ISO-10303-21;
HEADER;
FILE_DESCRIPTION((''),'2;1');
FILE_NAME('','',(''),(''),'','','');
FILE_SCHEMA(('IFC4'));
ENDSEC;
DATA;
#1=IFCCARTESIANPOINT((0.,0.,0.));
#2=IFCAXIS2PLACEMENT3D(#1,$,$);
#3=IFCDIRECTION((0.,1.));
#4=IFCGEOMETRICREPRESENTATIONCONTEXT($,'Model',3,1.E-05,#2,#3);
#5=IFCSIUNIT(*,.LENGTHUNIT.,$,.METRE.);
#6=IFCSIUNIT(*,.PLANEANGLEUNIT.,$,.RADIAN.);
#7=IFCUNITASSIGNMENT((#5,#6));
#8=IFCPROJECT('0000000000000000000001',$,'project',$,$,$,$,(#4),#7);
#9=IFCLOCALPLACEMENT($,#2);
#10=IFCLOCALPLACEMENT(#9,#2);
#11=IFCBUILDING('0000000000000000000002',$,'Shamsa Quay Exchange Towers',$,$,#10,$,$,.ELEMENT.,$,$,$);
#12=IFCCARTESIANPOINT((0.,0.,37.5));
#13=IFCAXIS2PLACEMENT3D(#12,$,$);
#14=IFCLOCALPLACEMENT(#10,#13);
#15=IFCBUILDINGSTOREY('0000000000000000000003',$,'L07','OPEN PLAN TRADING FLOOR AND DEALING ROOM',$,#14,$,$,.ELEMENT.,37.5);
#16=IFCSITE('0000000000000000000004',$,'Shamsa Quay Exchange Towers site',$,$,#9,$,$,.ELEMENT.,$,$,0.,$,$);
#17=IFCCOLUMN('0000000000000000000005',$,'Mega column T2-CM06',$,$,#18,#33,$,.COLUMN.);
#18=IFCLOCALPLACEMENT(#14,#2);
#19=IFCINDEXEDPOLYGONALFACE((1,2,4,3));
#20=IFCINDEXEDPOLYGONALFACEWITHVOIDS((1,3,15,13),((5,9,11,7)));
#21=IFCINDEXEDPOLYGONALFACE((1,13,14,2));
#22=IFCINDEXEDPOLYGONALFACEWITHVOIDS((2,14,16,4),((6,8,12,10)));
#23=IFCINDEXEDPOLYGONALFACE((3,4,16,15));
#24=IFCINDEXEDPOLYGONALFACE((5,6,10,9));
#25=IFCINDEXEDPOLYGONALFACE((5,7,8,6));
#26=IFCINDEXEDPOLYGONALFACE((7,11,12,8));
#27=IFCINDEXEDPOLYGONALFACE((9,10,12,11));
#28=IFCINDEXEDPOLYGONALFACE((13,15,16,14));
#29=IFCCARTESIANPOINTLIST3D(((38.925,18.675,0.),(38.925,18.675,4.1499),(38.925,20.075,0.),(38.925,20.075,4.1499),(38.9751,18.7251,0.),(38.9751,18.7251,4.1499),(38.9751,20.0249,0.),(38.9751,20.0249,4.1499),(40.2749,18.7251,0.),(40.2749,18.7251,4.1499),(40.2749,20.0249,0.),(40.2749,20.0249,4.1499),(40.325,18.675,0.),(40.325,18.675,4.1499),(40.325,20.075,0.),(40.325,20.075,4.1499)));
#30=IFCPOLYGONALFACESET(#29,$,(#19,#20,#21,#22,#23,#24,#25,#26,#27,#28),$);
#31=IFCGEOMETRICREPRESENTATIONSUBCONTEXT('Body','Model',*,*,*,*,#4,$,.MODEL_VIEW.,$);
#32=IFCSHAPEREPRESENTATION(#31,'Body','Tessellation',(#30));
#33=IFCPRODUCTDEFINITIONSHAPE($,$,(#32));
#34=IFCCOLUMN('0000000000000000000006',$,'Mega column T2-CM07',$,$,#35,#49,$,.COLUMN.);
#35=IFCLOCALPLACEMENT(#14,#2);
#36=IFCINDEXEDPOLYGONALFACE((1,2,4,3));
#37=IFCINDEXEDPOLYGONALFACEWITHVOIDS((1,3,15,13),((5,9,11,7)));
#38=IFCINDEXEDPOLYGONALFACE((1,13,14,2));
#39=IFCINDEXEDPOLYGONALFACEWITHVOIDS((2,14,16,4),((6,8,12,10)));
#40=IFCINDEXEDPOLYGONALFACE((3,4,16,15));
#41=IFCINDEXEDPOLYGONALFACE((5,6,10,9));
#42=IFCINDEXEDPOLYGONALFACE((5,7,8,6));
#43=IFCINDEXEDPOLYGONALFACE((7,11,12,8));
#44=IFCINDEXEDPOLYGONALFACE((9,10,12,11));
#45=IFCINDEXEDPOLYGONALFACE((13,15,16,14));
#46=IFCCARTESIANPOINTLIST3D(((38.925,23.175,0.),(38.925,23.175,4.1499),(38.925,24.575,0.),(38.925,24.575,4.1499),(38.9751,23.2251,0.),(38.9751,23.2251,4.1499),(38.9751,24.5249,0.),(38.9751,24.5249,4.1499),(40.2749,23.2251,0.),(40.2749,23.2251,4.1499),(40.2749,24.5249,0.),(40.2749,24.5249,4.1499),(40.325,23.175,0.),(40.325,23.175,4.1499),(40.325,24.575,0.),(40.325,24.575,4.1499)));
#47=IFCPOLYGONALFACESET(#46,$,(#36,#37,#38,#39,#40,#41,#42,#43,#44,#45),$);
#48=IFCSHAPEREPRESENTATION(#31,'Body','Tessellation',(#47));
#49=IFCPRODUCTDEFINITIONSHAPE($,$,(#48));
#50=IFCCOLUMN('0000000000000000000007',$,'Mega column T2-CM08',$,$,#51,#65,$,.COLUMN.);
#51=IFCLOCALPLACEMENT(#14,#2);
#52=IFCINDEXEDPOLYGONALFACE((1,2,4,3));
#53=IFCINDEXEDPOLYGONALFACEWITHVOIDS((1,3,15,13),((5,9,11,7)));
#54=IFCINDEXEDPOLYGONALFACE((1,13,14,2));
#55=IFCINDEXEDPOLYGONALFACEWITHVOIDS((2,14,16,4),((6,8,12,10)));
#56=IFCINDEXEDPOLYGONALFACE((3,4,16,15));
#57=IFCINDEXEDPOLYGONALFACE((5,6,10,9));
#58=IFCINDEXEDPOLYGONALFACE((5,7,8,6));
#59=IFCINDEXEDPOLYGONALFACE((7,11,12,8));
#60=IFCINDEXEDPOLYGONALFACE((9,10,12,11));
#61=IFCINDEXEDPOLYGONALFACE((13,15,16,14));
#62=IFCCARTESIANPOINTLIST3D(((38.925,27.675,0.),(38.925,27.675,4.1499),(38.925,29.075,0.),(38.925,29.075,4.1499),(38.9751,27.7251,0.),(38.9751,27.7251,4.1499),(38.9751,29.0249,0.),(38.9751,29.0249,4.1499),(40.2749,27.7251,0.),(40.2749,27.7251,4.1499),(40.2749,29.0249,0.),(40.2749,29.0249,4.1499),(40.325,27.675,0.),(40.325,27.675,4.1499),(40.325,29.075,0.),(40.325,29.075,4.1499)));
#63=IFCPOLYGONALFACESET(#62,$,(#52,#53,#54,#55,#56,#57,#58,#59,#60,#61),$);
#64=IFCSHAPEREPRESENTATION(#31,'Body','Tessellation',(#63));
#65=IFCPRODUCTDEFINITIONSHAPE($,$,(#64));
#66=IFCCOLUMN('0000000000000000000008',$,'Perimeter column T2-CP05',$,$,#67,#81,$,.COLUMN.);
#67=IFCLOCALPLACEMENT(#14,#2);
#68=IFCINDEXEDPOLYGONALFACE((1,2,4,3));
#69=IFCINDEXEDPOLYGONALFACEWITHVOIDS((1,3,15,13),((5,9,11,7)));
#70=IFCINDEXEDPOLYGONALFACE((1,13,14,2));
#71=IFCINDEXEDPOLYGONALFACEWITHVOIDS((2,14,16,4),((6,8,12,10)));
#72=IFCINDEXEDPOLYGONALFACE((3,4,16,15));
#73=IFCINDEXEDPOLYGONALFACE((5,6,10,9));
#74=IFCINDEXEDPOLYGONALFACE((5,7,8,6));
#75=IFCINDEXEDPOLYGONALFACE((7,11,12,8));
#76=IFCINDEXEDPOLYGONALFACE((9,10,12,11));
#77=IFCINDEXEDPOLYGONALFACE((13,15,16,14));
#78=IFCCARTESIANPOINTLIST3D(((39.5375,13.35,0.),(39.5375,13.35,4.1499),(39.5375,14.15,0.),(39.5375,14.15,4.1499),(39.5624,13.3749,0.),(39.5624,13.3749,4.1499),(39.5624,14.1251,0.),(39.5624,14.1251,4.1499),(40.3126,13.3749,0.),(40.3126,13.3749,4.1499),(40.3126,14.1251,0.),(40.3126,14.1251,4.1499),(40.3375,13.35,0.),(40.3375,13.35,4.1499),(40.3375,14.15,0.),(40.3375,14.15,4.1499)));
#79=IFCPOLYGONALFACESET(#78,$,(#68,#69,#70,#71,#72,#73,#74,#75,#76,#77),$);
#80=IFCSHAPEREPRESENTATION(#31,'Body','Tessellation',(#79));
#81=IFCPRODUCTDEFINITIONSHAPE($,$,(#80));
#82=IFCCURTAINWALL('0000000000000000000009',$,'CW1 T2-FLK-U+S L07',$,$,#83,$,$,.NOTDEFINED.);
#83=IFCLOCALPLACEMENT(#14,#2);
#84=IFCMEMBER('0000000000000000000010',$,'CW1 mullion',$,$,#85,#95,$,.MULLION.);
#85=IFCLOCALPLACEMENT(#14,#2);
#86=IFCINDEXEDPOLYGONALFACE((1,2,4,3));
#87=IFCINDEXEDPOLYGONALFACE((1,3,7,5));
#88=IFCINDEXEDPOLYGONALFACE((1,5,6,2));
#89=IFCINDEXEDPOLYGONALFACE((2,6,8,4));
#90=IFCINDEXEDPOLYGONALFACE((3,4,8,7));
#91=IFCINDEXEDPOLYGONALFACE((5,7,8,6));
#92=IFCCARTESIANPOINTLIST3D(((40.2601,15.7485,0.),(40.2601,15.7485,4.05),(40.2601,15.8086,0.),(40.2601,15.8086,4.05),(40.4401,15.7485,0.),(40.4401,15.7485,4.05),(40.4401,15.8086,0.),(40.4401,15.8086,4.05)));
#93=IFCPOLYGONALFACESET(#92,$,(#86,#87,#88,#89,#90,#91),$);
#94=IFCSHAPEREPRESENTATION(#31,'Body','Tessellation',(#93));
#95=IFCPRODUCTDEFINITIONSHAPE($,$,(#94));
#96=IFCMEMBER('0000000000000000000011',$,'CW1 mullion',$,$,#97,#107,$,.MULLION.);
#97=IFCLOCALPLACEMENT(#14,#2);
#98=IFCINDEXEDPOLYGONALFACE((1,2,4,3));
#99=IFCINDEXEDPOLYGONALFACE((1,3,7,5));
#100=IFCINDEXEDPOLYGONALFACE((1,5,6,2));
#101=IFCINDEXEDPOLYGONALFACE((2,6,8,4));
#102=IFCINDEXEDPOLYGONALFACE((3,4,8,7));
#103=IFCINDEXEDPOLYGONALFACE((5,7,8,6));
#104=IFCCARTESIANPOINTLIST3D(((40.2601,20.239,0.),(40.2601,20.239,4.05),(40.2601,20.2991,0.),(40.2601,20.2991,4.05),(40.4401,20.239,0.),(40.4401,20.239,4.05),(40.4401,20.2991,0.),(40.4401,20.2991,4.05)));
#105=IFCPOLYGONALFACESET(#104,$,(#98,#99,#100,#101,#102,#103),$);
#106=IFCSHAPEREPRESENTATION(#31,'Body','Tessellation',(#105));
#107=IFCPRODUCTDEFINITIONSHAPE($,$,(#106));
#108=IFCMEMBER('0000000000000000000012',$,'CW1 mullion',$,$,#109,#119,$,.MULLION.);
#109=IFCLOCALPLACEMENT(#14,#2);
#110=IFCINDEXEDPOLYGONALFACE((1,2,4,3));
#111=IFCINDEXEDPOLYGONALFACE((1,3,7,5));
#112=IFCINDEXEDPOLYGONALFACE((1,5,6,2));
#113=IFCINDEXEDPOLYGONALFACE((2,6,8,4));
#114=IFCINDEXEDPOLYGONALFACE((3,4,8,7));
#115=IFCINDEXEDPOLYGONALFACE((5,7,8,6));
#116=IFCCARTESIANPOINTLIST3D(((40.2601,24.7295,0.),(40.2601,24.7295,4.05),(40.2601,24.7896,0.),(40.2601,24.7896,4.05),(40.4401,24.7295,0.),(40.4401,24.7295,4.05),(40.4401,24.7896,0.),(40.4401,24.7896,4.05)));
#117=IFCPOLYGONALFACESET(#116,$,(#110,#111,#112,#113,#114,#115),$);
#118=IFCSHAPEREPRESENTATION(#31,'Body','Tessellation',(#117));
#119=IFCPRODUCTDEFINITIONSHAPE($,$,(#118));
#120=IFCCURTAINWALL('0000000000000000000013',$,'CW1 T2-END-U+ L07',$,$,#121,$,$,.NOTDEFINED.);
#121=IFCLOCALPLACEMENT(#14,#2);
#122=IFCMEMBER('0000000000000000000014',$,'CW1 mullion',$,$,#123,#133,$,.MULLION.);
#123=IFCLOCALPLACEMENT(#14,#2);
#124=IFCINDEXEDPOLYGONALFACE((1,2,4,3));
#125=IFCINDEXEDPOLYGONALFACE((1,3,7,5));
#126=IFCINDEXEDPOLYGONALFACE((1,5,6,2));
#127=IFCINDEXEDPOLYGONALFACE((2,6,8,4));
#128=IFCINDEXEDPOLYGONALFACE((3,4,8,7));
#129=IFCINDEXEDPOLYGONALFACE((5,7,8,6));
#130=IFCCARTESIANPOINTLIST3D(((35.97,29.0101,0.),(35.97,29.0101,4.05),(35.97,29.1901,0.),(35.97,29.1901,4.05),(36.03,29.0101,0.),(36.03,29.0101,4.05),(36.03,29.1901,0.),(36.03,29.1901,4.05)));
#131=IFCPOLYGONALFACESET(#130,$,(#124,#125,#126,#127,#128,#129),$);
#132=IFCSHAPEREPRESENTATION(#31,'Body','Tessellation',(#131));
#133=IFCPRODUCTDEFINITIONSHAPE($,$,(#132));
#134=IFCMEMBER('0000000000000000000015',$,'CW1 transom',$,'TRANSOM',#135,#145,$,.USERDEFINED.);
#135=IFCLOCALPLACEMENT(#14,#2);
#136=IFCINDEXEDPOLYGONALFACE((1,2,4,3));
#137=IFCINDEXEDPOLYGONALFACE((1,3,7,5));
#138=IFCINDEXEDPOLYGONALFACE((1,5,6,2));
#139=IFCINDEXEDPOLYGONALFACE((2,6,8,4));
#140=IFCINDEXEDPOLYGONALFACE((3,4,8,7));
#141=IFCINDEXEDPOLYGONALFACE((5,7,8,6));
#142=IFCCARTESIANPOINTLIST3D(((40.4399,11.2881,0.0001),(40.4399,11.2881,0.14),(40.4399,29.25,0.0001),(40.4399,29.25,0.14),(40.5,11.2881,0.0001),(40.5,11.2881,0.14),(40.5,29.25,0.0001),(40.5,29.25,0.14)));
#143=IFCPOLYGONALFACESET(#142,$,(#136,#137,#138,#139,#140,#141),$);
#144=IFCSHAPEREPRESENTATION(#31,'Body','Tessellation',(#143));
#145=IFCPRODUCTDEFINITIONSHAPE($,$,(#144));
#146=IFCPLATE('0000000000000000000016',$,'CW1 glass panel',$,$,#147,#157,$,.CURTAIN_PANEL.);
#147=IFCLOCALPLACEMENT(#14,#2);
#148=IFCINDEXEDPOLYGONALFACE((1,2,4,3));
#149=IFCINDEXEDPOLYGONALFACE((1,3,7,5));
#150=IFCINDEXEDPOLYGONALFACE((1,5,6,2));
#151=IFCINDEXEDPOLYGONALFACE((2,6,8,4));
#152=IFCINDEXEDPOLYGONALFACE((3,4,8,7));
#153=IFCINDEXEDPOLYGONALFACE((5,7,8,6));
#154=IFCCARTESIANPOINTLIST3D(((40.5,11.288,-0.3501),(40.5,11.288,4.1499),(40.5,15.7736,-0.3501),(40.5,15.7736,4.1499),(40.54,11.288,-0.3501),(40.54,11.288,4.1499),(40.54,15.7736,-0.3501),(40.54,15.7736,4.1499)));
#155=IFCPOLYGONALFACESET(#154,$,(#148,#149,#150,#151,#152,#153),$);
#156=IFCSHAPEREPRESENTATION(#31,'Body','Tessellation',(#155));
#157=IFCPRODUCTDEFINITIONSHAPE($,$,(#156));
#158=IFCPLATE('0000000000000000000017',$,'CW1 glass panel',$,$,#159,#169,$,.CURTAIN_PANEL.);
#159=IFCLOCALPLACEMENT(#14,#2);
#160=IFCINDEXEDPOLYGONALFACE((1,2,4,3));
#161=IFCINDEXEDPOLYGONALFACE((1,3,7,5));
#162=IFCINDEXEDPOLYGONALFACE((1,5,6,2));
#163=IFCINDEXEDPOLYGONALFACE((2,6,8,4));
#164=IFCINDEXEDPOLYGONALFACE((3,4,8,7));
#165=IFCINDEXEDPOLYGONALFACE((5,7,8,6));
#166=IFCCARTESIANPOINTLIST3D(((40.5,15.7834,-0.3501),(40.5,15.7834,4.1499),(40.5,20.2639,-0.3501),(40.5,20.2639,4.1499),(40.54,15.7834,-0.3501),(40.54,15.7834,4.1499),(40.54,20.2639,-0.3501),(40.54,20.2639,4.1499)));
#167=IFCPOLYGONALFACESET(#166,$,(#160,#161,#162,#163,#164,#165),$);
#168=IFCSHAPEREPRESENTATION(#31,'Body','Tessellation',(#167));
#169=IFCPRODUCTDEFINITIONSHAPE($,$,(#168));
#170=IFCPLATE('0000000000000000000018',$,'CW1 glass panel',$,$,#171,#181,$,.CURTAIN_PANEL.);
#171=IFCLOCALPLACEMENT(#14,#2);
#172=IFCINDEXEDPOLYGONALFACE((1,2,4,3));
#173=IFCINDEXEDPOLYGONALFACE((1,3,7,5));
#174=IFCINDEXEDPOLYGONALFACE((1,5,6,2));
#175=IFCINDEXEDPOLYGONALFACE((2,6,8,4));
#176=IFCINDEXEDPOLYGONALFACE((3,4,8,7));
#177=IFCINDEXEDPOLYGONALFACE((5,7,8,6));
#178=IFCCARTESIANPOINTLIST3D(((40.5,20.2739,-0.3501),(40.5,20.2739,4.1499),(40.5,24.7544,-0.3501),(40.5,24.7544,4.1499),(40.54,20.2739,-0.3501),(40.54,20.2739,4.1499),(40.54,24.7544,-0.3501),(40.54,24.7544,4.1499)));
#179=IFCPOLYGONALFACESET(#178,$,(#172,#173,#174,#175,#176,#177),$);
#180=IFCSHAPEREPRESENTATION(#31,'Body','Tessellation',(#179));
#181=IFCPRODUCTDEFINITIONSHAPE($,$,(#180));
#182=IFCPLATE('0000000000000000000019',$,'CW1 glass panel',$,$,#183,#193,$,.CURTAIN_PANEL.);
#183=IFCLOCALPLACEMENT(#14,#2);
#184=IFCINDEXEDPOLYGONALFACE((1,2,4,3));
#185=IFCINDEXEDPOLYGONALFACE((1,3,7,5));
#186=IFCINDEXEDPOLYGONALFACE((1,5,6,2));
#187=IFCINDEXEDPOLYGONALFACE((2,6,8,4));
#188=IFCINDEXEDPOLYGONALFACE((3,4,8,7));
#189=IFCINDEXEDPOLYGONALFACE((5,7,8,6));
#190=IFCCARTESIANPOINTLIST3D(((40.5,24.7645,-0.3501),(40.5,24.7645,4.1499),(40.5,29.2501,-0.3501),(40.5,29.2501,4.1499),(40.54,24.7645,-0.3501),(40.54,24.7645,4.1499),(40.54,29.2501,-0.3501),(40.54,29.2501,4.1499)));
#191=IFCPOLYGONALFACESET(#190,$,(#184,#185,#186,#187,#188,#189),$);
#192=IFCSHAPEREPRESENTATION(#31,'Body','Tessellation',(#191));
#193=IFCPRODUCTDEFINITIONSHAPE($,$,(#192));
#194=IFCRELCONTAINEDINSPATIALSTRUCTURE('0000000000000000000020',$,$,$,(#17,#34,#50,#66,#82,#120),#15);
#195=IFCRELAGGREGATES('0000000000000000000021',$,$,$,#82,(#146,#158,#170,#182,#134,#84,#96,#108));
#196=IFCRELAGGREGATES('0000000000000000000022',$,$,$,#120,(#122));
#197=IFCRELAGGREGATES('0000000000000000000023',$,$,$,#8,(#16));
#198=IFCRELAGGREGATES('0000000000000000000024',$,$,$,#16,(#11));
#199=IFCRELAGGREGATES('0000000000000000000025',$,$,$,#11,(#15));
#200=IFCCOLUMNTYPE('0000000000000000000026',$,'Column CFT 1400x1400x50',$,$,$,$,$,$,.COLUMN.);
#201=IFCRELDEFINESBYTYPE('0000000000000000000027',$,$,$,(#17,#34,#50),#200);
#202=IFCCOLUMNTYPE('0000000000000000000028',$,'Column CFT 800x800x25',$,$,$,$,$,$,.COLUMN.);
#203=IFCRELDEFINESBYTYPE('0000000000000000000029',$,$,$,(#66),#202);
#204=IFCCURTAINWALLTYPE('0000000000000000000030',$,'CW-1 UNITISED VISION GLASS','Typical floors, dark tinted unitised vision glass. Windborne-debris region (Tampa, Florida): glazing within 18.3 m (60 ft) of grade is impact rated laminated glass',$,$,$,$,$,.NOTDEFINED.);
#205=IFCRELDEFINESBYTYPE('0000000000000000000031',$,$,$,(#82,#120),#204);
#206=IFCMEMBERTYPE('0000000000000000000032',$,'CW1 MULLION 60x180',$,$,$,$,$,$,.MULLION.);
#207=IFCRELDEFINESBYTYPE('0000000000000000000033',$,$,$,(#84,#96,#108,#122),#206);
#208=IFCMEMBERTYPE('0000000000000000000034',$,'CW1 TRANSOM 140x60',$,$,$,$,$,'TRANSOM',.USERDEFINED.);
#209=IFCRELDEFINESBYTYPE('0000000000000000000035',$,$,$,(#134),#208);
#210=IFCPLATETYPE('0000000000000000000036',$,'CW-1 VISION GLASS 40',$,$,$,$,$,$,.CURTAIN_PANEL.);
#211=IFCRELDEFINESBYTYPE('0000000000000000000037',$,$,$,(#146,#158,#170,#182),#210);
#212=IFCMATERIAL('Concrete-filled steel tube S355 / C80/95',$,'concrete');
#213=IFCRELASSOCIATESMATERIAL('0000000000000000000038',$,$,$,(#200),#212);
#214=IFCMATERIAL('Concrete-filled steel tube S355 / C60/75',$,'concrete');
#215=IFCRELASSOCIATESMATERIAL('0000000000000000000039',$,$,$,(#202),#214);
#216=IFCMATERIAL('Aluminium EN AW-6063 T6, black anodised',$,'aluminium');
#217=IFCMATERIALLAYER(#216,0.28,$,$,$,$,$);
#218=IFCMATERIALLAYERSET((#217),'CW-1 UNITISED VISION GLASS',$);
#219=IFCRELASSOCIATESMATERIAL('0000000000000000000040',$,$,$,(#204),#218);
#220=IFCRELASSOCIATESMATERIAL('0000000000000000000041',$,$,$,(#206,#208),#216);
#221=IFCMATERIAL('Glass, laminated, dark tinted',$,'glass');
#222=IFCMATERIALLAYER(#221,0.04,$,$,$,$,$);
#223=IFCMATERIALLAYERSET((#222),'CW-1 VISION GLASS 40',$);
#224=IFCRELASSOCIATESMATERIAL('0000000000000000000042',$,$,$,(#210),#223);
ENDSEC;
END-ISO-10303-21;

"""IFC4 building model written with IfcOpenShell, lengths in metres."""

from ifc_helpers import new_model, si_unit, direction, frame, origin, origin_2d, place, context, subcontext, project, spatial, rectangle, hollow_rectangle, extrude, material, layer, layer_set, material_profile, profile_set, type_object, element, aggregate, save


model = new_model("IFC4")

# Units and contexts
model_context = context("Model", 3, precision=1e-05, world=origin(), true_north=direction((0.0, 1.0)))
body_context = subcontext(model_context, "Body", "Model", "MODEL_VIEW")
ifc_project = project(units=[si_unit("LENGTHUNIT", "METRE"), si_unit("PLANEANGLEUNIT", "RADIAN")], contexts=[model_context])

# Site, building, storey
site_placement = place(None, origin())
site = spatial("IfcSite", under=ifc_project, at=site_placement, Name="Shamsa Quay Exchange Towers site", CompositionType="ELEMENT", RefElevation=0.0)
building_placement = place(site_placement, origin())
building = spatial("IfcBuilding", under=site, at=building_placement, Name="Shamsa Quay Exchange Towers", CompositionType="ELEMENT")
storey_placement = place(building_placement, frame((0.0, 0.0, 37.5)))
storey = spatial("IfcBuildingStorey", under=building, at=storey_placement, Name="L07", Description="OPEN PLAN TRADING FLOOR AND DEALING ROOM", CompositionType="ELEMENT", Elevation=37.5)

# Columns
ifc_material_1 = material(Name="Concrete-filled steel tube S355 / C80/95", Category="concrete")
ifc_material_profile_1 = material_profile(ifc_material_1, hollow_rectangle(XDim=1.3999, YDim=1.3999, WallThickness=0.05, at=origin_2d()), Name="CFT 1400x1400x50")
ifc_profile_set_1 = profile_set([ifc_material_profile_1], Name="Concrete-filled steel tube S355 / C80/95")
column_type_1 = type_object("IfcColumnType", Name="Column CFT 1400x1400x50", PredefinedType="COLUMN", material=ifc_profile_set_1)
for number, where, name in (
    (1, (39.625, 19.375, 0.0), "Mega column T2-CM06"),
    (2, (39.625, 23.875, 0.0), "Mega column T2-CM07"),
    (3, (39.625, 28.375, 0.0), "Mega column T2-CM08"),
):
    element("IfcColumn", number, at=place(storey_placement, frame(where)), inside=storey, type_object=column_type_1, Name=name, PredefinedType="COLUMN", context=body_context, shape_type="SweptSolid", body=[
        extrude(hollow_rectangle(XDim=1.3999, YDim=1.3999, WallThickness=0.05, at=origin_2d()), origin(), (0.0, 0.0, 1.0), 4.1499),
    ])
ifc_material_2 = material(Name="Concrete-filled steel tube S355 / C60/75", Category="concrete")
ifc_material_profile_2 = material_profile(ifc_material_2, hollow_rectangle(XDim=0.8, YDim=0.8, WallThickness=0.0249, at=origin_2d()), Name="CFT 800x800x25")
ifc_profile_set_2 = profile_set([ifc_material_profile_2], Name="Concrete-filled steel tube S355 / C60/75")
column_type_2 = type_object("IfcColumnType", Name="Column CFT 800x800x25", PredefinedType="COLUMN", material=ifc_profile_set_2)
column_placement = place(storey_placement, frame((39.9375, 13.75, 0.0)))
element("IfcColumn", 4, at=column_placement, inside=storey, type_object=column_type_2, Name="Perimeter column T2-CP05", PredefinedType="COLUMN", context=body_context, shape_type="SweptSolid", body=[
    extrude(hollow_rectangle(XDim=0.8, YDim=0.8, WallThickness=0.0249, at=origin_2d()), origin(), (0.0, 0.0, 1.0), 4.1499),
])

# Curtain wall, members
ifc_material_3 = material(Name="Aluminium EN AW-6063 T6, black anodised", Category="aluminium")
ifc_layer_1 = layer(ifc_material_3, 0.28)
ifc_layer_set_1 = layer_set([ifc_layer_1], Name="CW-1 UNITISED VISION GLASS")
curtain_wall_type = type_object("IfcCurtainWallType", Name="CW-1 UNITISED VISION GLASS", Description="Typical floors, dark tinted unitised vision glass. Windborne-debris region (Tampa, Florida): glazing within 18.3 m (60 ft) of grade is impact rated laminated glass", PredefinedType="NOTDEFINED", material=ifc_layer_set_1)
curtain_wall_1_placement = place(storey_placement, origin())
curtain_wall_1 = element("IfcCurtainWall", 5, at=curtain_wall_1_placement, inside=storey, type_object=curtain_wall_type, Name="CW1 T2-FLK-U+S L07", PredefinedType="NOTDEFINED")
ifc_material_profile_3 = material_profile(ifc_material_3, rectangle(XDim=0.1799, YDim=0.0601, at=origin_2d()), Name="MU60x180")
ifc_profile_set_3 = profile_set([ifc_material_profile_3], Name="Aluminium EN AW-6063 T6, black anodised")
member_type_1 = type_object("IfcMemberType", Name="CW1 MULLION 60x180", PredefinedType="MULLION", material=ifc_profile_set_3)
member_1_placement = place(storey_placement, frame((40.3501, 15.7786, 0.0), z_axis=(0.0, 0.0, 1.0), x_axis=(-1.0, 0.0, 0.0)))
member_1 = element("IfcMember", 6, at=member_1_placement, type_object=member_type_1, Name="CW1 mullion", PredefinedType="MULLION", context=body_context, shape_type="SweptSolid", body=[
    extrude(rectangle(XDim=0.1799, YDim=0.0601, at=origin_2d()), origin(), (0.0, 0.0, 1.0), 4.05),
])
member_2_placement = place(storey_placement, frame((40.3501, 20.269, 0.0), z_axis=(0.0, 0.0, 1.0), x_axis=(-1.0, 0.0, 0.0)))
member_2 = element("IfcMember", 7, at=member_2_placement, type_object=member_type_1, Name="CW1 mullion", PredefinedType="MULLION", context=body_context, shape_type="SweptSolid", body=[
    extrude(rectangle(XDim=0.1799, YDim=0.0601, at=origin_2d()), origin(), (0.0, 0.0, 1.0), 4.05),
])
member_3_placement = place(storey_placement, frame((40.3501, 24.7595, 0.0), z_axis=(0.0, 0.0, 1.0), x_axis=(-1.0, 0.0, 0.0)))
member_3 = element("IfcMember", 8, at=member_3_placement, type_object=member_type_1, Name="CW1 mullion", PredefinedType="MULLION", context=body_context, shape_type="SweptSolid", body=[
    extrude(rectangle(XDim=0.1799, YDim=0.0601, at=origin_2d()), origin(), (0.0, 0.0, 1.0), 4.05),
])

# Curtain wall, member
curtain_wall_2_placement = place(storey_placement, origin())
curtain_wall_2 = element("IfcCurtainWall", 9, at=curtain_wall_2_placement, inside=storey, type_object=curtain_wall_type, Name="CW1 T2-END-U+ L07", PredefinedType="NOTDEFINED")
member_4_placement = place(storey_placement, frame((36.0, 29.1001, 0.0), z_axis=(0.0, 0.0, 1.0), x_axis=(0.0, -1.0, 0.0)))
member_4 = element("IfcMember", 10, at=member_4_placement, type_object=member_type_1, Name="CW1 mullion", PredefinedType="MULLION", context=body_context, shape_type="SweptSolid", body=[
    extrude(rectangle(XDim=0.1799, YDim=0.0601, at=origin_2d()), origin(), (0.0, 0.0, 1.0), 4.05),
])

# Member
ifc_material_profile_4 = material_profile(ifc_material_3, rectangle(XDim=0.0601, YDim=0.1399, at=origin_2d()), Name="TR140x60")
ifc_profile_set_4 = profile_set([ifc_material_profile_4], Name="Aluminium EN AW-6063 T6, black anodised")
member_type_2 = type_object("IfcMemberType", Name="CW1 TRANSOM 140x60", ElementType="TRANSOM", PredefinedType="USERDEFINED", material=ifc_profile_set_4)
member_5_placement = place(storey_placement, frame((40.47, 11.2881, 0.0701), z_axis=(0.0, 1.0, 0.0), x_axis=(-1.0, 0.0, 0.0)))
member_5 = element("IfcMember", 11, at=member_5_placement, type_object=member_type_2, Name="CW1 transom", ObjectType="TRANSOM", PredefinedType="USERDEFINED", context=body_context, shape_type="SweptSolid", body=[
    extrude(rectangle(XDim=0.0601, YDim=0.1399, at=origin_2d()), origin(), (0.0, 0.0, 1.0), 17.9619),
])

# Plates
ifc_material_4 = material(Name="Glass, laminated, dark tinted", Category="glass")
ifc_layer_2 = layer(ifc_material_4, 0.04)
ifc_layer_set_2 = layer_set([ifc_layer_2], Name="CW-1 VISION GLASS 40")
plate_type = type_object("IfcPlateType", Name="CW-1 VISION GLASS 40", PredefinedType="CURTAIN_PANEL", material=ifc_layer_set_2)
plate_1_placement = place(storey_placement, frame((40.52, 13.5308, -0.3501), z_axis=(0.0, 0.0, 1.0), x_axis=(0.0, 1.0, 0.0)))
plate_1 = element("IfcPlate", 12, at=plate_1_placement, type_object=plate_type, Name="CW1 glass panel", PredefinedType="CURTAIN_PANEL", context=body_context, shape_type="SweptSolid", body=[
    extrude(rectangle(XDim=4.4856, YDim=0.04, at=origin_2d()), origin(), (0.0, 0.0, 1.0), 4.5),
])
plate_2_placement = place(storey_placement, frame((40.52, 18.0237, -0.3501), z_axis=(0.0, 0.0, 1.0), x_axis=(0.0, 1.0, 0.0)))
plate_2 = element("IfcPlate", 13, at=plate_2_placement, type_object=plate_type, Name="CW1 glass panel", PredefinedType="CURTAIN_PANEL", context=body_context, shape_type="SweptSolid", body=[
    extrude(rectangle(XDim=4.4805, YDim=0.04, at=origin_2d()), origin(), (0.0, 0.0, 1.0), 4.5),
])
plate_3_placement = place(storey_placement, frame((40.52, 22.5142, -0.3501), z_axis=(0.0, 0.0, 1.0), x_axis=(0.0, 1.0, 0.0)))
plate_3 = element("IfcPlate", 14, at=plate_3_placement, type_object=plate_type, Name="CW1 glass panel", PredefinedType="CURTAIN_PANEL", context=body_context, shape_type="SweptSolid", body=[
    extrude(rectangle(XDim=4.4805, YDim=0.04, at=origin_2d()), origin(), (0.0, 0.0, 1.0), 4.5),
])
plate_4_placement = place(storey_placement, frame((40.52, 27.0073, -0.3501), z_axis=(0.0, 0.0, 1.0), x_axis=(0.0, 1.0, 0.0)))
plate_4 = element("IfcPlate", 15, at=plate_4_placement, type_object=plate_type, Name="CW1 glass panel", PredefinedType="CURTAIN_PANEL", context=body_context, shape_type="SweptSolid", body=[
    extrude(rectangle(XDim=4.4856, YDim=0.04, at=origin_2d()), origin(), (0.0, 0.0, 1.0), 4.5),
])
aggregate(curtain_wall_1, [plate_1, plate_2, plate_3, plate_4, member_5, member_1, member_2, member_3])
aggregate(curtain_wall_2, [member_4])

save(model, "model.ifc")
